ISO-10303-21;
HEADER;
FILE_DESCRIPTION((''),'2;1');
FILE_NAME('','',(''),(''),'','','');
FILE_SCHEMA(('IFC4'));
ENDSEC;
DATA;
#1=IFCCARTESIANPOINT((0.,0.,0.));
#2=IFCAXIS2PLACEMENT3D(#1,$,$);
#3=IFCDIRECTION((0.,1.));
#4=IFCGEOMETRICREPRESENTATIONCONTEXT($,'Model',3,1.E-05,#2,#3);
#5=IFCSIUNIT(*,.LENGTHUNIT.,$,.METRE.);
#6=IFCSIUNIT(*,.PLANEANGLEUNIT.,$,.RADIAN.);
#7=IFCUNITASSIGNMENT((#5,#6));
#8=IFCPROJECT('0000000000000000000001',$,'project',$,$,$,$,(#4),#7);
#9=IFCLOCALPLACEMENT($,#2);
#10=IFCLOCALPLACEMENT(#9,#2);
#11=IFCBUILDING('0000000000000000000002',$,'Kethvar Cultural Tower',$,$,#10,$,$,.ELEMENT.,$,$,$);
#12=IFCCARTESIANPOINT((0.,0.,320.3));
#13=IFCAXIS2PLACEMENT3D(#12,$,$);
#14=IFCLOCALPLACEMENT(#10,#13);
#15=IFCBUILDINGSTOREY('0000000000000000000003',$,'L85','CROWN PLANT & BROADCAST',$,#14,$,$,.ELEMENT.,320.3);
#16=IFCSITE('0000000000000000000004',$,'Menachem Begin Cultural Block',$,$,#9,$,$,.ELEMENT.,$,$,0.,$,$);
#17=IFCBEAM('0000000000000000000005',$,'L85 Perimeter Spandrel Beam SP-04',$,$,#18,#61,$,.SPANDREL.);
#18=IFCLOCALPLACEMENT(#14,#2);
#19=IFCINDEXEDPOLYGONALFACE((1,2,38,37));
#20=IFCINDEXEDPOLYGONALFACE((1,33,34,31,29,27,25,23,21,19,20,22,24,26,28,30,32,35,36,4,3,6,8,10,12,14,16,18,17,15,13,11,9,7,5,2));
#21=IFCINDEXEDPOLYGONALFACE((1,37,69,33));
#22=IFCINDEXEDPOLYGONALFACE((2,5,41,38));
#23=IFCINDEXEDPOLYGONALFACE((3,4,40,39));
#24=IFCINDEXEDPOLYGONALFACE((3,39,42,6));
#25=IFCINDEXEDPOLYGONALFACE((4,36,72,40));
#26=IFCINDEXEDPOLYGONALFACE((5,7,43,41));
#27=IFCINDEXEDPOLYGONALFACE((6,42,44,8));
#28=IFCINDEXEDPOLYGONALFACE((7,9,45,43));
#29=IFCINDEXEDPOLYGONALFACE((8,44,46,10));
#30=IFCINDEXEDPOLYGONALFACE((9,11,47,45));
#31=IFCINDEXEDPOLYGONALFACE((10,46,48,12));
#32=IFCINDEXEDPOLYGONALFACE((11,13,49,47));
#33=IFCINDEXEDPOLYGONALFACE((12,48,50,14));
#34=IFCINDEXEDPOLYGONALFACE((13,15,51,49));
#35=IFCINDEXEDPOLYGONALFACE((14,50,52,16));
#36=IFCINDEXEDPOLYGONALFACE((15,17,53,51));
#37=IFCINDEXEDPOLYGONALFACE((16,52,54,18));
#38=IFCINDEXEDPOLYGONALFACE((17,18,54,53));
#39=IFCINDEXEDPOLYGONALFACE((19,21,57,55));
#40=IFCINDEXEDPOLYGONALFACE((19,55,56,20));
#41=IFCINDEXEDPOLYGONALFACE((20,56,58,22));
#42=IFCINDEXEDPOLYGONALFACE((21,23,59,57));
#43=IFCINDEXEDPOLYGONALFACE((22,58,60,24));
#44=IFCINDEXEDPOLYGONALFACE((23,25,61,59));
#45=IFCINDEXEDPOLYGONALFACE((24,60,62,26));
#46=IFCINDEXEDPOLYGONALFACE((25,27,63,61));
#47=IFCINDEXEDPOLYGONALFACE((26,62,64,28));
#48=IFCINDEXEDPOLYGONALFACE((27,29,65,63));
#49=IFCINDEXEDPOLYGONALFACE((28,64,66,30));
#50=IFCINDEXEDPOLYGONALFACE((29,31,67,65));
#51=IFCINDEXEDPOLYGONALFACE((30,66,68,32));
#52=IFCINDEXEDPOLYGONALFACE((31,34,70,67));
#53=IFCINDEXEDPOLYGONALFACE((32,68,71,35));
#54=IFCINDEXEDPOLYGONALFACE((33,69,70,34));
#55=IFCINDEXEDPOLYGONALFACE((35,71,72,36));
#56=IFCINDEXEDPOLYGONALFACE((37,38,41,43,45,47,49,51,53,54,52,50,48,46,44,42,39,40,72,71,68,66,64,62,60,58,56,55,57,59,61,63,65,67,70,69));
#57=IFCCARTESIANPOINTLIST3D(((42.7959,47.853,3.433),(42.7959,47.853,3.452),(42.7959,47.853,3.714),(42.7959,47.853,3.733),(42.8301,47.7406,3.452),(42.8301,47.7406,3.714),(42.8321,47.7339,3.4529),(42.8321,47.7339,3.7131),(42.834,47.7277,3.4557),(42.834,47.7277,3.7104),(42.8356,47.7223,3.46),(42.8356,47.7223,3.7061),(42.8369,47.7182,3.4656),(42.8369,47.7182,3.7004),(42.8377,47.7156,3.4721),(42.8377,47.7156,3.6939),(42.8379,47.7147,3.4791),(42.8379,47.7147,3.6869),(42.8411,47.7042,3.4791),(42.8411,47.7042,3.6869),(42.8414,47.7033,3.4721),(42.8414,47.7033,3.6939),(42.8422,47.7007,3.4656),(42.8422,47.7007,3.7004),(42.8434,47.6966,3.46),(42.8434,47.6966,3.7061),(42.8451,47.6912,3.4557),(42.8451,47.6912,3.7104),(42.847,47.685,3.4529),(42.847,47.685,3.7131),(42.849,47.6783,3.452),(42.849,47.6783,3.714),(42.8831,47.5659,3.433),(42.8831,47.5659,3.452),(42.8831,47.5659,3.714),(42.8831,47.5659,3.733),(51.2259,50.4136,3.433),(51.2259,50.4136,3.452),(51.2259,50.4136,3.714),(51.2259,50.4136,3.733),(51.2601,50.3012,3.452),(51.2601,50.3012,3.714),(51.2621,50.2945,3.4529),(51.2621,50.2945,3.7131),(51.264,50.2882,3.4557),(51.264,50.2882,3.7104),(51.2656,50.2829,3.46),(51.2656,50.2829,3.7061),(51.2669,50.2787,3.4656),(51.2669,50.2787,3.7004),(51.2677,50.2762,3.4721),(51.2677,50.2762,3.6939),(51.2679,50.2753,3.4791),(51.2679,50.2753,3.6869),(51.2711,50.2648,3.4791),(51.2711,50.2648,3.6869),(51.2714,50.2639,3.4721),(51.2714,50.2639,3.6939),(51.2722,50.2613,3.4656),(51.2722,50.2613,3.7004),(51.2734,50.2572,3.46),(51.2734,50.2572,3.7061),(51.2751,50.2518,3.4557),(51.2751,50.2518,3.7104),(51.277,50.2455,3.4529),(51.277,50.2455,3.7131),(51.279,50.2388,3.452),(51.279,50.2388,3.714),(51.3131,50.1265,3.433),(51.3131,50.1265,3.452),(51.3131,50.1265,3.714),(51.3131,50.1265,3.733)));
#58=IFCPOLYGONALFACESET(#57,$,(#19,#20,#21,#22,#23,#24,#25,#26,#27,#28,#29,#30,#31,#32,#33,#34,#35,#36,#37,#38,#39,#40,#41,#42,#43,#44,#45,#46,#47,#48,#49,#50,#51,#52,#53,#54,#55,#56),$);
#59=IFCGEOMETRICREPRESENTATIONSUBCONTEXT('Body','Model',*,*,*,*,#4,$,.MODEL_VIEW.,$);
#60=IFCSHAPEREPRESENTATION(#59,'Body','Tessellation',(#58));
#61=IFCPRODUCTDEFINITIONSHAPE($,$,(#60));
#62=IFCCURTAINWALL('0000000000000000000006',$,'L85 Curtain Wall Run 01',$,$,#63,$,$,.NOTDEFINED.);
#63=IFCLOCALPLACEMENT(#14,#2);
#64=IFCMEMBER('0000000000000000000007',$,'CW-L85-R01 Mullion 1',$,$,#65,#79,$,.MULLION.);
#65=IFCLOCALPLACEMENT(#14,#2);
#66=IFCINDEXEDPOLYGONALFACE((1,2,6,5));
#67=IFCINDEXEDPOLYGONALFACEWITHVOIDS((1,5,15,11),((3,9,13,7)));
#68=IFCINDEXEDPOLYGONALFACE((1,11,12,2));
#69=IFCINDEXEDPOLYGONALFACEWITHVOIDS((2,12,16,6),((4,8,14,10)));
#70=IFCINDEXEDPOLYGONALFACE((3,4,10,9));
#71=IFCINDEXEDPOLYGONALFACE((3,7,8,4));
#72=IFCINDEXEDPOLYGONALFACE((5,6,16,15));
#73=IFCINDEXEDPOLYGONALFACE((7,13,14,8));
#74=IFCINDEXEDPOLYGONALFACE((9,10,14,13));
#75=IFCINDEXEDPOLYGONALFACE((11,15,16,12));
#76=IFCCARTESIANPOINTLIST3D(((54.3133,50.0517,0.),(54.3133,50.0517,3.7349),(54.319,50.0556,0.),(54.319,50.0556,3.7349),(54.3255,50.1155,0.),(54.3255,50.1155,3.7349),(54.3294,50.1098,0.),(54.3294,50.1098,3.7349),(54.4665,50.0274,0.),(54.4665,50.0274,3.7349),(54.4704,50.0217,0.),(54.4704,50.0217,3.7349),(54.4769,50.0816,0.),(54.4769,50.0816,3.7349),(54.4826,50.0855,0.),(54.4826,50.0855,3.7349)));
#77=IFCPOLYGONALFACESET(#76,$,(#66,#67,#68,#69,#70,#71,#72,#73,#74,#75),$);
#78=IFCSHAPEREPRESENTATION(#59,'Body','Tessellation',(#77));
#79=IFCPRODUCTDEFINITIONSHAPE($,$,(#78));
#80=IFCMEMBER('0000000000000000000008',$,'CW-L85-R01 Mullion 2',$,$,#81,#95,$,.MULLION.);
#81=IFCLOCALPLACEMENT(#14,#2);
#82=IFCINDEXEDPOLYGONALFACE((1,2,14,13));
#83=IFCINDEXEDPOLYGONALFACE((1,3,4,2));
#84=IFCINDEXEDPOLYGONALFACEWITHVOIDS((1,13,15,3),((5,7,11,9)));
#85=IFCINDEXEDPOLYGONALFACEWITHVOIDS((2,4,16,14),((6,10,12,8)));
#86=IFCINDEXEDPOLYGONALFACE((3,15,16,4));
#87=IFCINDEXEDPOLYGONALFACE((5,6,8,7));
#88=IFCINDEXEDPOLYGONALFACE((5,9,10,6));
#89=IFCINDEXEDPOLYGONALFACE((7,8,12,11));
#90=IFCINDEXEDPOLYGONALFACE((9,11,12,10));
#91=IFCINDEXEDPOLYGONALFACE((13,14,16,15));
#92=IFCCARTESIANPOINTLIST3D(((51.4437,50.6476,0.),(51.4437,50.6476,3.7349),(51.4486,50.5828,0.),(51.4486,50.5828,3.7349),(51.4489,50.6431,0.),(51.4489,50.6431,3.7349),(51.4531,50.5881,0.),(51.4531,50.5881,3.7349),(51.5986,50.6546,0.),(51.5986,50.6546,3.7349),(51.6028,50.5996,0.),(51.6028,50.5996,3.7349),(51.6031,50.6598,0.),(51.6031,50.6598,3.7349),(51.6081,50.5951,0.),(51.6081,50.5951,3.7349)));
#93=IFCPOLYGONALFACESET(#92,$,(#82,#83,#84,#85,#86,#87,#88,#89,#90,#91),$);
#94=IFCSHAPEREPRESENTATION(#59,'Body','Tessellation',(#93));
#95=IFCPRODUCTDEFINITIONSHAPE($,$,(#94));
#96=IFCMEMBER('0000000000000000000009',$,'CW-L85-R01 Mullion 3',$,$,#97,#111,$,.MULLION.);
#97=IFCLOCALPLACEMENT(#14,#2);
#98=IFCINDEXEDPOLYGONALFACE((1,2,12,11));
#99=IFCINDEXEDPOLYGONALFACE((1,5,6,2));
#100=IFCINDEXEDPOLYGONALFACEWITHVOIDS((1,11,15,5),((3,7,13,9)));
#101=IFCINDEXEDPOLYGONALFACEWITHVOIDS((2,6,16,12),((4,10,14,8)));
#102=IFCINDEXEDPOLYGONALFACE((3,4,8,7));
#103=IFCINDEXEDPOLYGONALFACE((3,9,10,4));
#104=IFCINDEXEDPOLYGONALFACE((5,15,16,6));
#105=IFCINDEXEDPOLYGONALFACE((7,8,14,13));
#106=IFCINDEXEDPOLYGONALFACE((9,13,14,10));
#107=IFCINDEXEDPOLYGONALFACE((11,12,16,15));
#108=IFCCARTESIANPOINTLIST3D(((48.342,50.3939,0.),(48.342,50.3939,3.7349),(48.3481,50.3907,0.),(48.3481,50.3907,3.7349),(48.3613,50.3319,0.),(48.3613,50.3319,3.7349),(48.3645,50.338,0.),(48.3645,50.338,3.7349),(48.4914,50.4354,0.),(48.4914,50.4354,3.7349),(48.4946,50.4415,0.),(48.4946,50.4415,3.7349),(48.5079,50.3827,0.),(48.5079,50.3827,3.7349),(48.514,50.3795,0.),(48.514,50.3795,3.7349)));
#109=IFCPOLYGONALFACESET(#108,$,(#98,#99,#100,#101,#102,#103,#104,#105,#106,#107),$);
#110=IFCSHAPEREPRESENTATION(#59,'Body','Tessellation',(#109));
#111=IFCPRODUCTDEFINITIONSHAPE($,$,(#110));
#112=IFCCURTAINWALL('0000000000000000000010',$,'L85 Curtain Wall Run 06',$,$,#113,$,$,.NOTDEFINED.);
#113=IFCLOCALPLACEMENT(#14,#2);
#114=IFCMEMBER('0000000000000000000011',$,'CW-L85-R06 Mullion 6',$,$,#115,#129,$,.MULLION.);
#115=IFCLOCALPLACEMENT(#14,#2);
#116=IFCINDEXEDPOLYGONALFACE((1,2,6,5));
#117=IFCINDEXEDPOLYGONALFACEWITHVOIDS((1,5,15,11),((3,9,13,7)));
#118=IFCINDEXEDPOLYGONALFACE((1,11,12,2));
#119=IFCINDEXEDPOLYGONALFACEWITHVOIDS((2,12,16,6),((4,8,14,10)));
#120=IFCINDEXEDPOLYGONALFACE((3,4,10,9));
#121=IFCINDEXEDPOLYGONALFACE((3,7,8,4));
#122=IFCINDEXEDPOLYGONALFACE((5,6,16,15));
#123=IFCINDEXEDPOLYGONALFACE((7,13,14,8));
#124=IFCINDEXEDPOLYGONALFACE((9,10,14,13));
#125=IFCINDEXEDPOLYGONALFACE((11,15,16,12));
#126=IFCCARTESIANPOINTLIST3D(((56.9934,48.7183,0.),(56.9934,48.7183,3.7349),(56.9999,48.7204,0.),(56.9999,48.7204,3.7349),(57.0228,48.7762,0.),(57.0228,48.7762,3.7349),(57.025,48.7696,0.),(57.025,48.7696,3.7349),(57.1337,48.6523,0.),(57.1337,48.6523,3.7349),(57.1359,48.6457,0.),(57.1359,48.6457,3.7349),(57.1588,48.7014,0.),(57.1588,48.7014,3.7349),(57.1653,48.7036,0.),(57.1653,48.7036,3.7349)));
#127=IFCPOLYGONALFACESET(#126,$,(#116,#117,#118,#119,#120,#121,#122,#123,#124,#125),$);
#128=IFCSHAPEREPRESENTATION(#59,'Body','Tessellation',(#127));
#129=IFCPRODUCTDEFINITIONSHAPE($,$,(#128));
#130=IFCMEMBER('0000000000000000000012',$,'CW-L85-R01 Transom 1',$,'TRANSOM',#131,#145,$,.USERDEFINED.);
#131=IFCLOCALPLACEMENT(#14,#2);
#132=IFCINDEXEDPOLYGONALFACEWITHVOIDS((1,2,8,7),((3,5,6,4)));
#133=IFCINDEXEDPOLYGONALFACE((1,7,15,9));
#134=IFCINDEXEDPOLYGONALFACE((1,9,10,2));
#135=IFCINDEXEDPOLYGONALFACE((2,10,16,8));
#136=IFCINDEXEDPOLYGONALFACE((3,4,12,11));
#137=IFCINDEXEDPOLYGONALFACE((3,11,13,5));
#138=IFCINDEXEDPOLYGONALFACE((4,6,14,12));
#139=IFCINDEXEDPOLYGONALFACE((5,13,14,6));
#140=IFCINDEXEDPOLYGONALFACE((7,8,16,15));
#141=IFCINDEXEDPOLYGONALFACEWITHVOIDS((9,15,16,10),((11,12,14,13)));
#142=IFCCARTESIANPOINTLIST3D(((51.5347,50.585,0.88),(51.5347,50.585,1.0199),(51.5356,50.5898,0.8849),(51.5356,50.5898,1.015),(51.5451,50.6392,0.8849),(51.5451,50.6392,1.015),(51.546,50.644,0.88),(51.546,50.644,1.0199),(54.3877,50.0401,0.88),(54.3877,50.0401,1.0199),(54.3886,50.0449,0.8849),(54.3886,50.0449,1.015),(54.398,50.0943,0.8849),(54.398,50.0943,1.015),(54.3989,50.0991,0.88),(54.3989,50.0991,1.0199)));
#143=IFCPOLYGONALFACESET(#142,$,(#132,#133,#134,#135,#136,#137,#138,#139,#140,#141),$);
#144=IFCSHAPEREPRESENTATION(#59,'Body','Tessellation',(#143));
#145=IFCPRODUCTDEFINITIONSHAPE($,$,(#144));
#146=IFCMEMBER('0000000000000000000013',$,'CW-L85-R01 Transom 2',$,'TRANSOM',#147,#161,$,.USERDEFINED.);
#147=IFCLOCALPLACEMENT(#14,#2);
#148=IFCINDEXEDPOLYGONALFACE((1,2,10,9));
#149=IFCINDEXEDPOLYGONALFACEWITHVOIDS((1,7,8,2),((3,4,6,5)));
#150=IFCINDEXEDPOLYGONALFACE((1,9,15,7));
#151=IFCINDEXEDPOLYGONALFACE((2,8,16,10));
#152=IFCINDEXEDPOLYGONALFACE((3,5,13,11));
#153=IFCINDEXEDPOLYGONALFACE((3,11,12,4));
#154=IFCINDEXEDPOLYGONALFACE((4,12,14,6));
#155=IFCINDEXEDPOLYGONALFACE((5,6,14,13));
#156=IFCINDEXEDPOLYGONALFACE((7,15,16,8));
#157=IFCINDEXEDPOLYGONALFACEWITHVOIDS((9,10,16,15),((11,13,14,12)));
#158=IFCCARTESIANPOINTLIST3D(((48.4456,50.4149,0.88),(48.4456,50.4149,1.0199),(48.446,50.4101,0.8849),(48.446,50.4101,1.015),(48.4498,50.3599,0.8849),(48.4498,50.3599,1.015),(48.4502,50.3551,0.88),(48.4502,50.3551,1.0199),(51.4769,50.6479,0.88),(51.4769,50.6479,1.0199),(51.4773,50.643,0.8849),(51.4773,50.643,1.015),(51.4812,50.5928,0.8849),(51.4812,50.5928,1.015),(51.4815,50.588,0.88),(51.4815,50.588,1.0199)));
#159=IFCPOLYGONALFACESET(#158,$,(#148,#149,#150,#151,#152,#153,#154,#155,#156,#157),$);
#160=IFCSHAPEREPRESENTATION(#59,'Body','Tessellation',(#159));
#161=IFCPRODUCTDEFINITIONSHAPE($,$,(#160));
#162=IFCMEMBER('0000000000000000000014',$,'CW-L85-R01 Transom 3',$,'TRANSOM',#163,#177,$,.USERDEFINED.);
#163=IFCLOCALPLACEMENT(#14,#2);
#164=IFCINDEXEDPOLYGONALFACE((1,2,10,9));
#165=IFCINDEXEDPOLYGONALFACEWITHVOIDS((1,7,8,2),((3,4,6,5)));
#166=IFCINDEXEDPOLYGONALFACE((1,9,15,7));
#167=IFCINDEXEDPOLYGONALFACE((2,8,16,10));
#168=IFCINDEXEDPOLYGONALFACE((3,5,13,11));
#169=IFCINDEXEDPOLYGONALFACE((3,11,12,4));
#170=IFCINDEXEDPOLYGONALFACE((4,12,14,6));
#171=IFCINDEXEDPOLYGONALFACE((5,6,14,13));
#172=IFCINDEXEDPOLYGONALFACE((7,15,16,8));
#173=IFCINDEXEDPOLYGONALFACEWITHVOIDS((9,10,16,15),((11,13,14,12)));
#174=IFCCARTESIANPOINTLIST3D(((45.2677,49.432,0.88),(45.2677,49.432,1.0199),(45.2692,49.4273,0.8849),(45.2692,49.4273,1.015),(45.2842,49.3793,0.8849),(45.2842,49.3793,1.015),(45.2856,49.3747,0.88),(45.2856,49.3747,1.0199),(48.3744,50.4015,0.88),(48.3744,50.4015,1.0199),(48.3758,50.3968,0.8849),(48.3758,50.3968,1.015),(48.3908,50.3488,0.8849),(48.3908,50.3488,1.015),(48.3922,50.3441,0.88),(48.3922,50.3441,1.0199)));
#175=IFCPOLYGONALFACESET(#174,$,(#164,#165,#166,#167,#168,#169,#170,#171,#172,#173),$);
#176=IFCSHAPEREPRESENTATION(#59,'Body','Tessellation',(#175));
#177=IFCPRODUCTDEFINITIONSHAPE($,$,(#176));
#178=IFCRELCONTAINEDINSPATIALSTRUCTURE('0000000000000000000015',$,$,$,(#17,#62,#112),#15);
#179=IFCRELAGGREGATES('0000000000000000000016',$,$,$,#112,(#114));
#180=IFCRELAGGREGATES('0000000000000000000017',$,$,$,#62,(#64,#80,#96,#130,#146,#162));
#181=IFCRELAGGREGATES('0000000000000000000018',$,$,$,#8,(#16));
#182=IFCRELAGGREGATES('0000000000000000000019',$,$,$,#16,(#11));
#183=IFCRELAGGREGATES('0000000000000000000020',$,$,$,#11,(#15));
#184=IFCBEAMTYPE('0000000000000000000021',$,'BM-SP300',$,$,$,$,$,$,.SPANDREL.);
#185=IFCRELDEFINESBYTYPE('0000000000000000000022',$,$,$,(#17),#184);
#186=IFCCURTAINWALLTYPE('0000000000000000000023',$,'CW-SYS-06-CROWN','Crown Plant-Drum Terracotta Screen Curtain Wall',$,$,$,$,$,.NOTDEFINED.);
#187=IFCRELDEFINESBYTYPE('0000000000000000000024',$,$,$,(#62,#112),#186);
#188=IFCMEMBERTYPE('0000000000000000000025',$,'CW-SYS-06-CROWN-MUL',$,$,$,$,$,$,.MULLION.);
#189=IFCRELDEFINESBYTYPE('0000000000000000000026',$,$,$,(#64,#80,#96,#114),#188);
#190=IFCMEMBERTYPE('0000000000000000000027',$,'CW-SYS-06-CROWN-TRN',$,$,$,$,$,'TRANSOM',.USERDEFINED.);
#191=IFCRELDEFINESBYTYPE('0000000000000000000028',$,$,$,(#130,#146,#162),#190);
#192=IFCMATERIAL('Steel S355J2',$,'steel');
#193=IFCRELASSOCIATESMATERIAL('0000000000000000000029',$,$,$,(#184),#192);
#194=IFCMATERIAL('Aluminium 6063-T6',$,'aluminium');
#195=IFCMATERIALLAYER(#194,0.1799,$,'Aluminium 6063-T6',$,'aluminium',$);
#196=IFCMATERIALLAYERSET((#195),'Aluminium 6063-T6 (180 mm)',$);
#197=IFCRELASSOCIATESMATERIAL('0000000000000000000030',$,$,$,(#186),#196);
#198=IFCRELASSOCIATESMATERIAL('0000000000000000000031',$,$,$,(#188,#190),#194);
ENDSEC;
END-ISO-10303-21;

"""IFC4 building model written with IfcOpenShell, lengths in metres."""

from ifc_helpers import new_model, si_unit, direction, frame, origin, origin_2d, place, context, subcontext, project, spatial, hollow_rectangle, i_section, extrude, source, transform, mapped, material, layer, layer_set, material_profile, profile_set, type_object, element, aggregate, save


model = new_model("IFC4")

# Units and contexts
model_context = context("Model", 3, precision=1e-05, world=origin(), true_north=direction((0.0, 1.0)))
body_context = subcontext(model_context, "Body", "Model", "MODEL_VIEW")
ifc_project = project(units=[si_unit("LENGTHUNIT", "METRE"), si_unit("PLANEANGLEUNIT", "RADIAN")], contexts=[model_context])

# Site, building, storey
site_placement = place(None, origin())
site = spatial("IfcSite", under=ifc_project, at=site_placement, Name="Menachem Begin Cultural Block", CompositionType="ELEMENT", RefElevation=0.0)
building_placement = place(site_placement, origin())
building = spatial("IfcBuilding", under=site, at=building_placement, Name="Kethvar Cultural Tower", CompositionType="ELEMENT")
storey_placement = place(building_placement, frame((0.0, 0.0, 320.3)))
storey = spatial("IfcBuildingStorey", under=building, at=storey_placement, Name="L85", Description="CROWN PLANT & BROADCAST", CompositionType="ELEMENT", Elevation=320.3)

# Shared definitions
ifc_material_1 = material(Name="Steel S355J2", Category="steel")

# Beam
ifc_material_profile_1 = material_profile(ifc_material_1, i_section(OverallWidth=0.3, OverallDepth=0.3, WebThickness=0.011, FlangeThickness=0.019, FilletRadius=0.0271, at=origin_2d()), Name="Steel S355J2 — HEB300")
ifc_profile_set_1 = profile_set([ifc_material_profile_1], Name="Steel S355J2 — HEB300")
beam_type_1 = type_object("IfcBeamType", Name="BM-SP300", PredefinedType="SPANDREL", material=ifc_profile_set_1)
shared_shape_1 = source(origin(), body_context, "Body", "SweptSolid", [
    extrude(i_section(OverallWidth=0.3, OverallDepth=0.3, WebThickness=0.011, FlangeThickness=0.019, FilletRadius=0.0271, at=origin_2d()), origin(), (0.0, 0.0, 1.0), 8.8103),
])
beam_1_placement = place(storey_placement, frame((51.2695, 50.27, 3.583), z_axis=(-0.956834, -0.290633, 0.0), x_axis=(0.290633, -0.956834, 0.0)))
element("IfcBeam", 1, at=beam_1_placement, inside=storey, type_object=beam_type_1, Name="L85 Perimeter Spandrel Beam SP-04", PredefinedType="SPANDREL", context=body_context, shape_type="MappedRepresentation", body=[
    mapped(shared_shape_1, transform((0.0, 0.0, 0.0), scale=1.0)),
])

# Curtain wall, members
ifc_material_2 = material(Name="Aluminium 6063-T6", Category="aluminium")
ifc_layer_1 = layer(ifc_material_2, 0.1799, Name="Aluminium 6063-T6", Category="aluminium")
ifc_layer_set_1 = layer_set([ifc_layer_1], Name="Aluminium 6063-T6 (180 mm)")
curtain_wall_type = type_object("IfcCurtainWallType", Name="CW-SYS-06-CROWN", Description="Crown Plant-Drum Terracotta Screen Curtain Wall", PredefinedType="NOTDEFINED", material=ifc_layer_set_1)
curtain_wall_1_placement = place(storey_placement, origin())
curtain_wall_1 = element("IfcCurtainWall", 2, at=curtain_wall_1_placement, inside=storey, type_object=curtain_wall_type, Name="L85 Curtain Wall Run 01", PredefinedType="NOTDEFINED")
ifc_material_profile_2 = material_profile(ifc_material_2, hollow_rectangle(XDim=0.0649, YDim=0.1599, WallThickness=0.0049, at=origin_2d()), Name="Aluminium 6063-T6 — RHS160x65x5")
ifc_profile_set_2 = profile_set([ifc_material_profile_2], Name="Aluminium 6063-T6 — RHS160x65x5")
member_type_1 = type_object("IfcMemberType", Name="CW-SYS-06-CROWN-MUL", PredefinedType="MULLION", material=ifc_profile_set_2)
shared_shape_2 = source(origin(), body_context, "Body", "SweptSolid", [
    extrude(hollow_rectangle(XDim=0.0649, YDim=0.1599, WallThickness=0.0049, at=origin_2d()), origin(), (0.0, 0.0, 1.0), 3.7349),
])
member_1_placement = place(storey_placement, frame((54.3979, 50.0686, 0.0), z_axis=(0.0, 0.0, 1.0), x_axis=(-0.18757, -0.982251, 0.0)))
member_1 = element("IfcMember", 3, at=member_1_placement, type_object=member_type_1, Name="CW-L85-R01 Mullion 1", PredefinedType="MULLION", context=body_context, shape_type="MappedRepresentation", body=[
    mapped(shared_shape_2, transform((0.0, 0.0, 0.0), scale=1.0)),
])
member_2_placement = place(storey_placement, frame((51.5259, 50.6213, 0.0), z_axis=(0.0, 0.0, 1.0), x_axis=(0.076528, -0.997067, 0.0)))
member_2 = element("IfcMember", 4, at=member_2_placement, type_object=member_type_1, Name="CW-L85-R01 Mullion 2", PredefinedType="MULLION", context=body_context, shape_type="MappedRepresentation", body=[
    mapped(shared_shape_2, transform((0.0, 0.0, 0.0), scale=1.0)),
])
member_3_placement = place(storey_placement, frame((48.428, 50.3867, 0.0), z_axis=(0.0, 0.0, 1.0), x_axis=(0.297841, -0.954615, 0.0)))
member_3 = element("IfcMember", 5, at=member_3_placement, type_object=member_type_1, Name="CW-L85-R01 Mullion 3", PredefinedType="MULLION", context=body_context, shape_type="MappedRepresentation", body=[
    mapped(shared_shape_2, transform((0.0, 0.0, 0.0), scale=1.0)),
])

# Curtain wall, member
curtain_wall_2_placement = place(storey_placement, origin())
curtain_wall_2 = element("IfcCurtainWall", 6, at=curtain_wall_2_placement, inside=storey, type_object=curtain_wall_type, Name="L85 Curtain Wall Run 06", PredefinedType="NOTDEFINED")
member_4_placement = place(storey_placement, frame((57.0793, 48.7109, 0.0), z_axis=(0.0, 0.0, 1.0), x_axis=(-0.453835, -0.891086, 0.0)))
member_4 = element("IfcMember", 7, at=member_4_placement, type_object=member_type_1, Name="CW-L85-R06 Mullion 6", PredefinedType="MULLION", context=body_context, shape_type="MappedRepresentation", body=[
    mapped(shared_shape_2, transform((0.0, 0.0, 0.0), scale=1.0)),
])

# Members
ifc_material_profile_3 = material_profile(ifc_material_2, hollow_rectangle(XDim=0.0601, YDim=0.1399, WallThickness=0.0049, at=origin_2d()), Name="Aluminium 6063-T6 — RHS140x60x5")
ifc_profile_set_3 = profile_set([ifc_material_profile_3], Name="Aluminium 6063-T6 — RHS140x60x5")
member_type_2 = type_object("IfcMemberType", Name="CW-SYS-06-CROWN-TRN", ElementType="TRANSOM", PredefinedType="USERDEFINED", material=ifc_profile_set_3)
shared_shape_3 = source(origin(), body_context, "Body", "SweptSolid", [
    extrude(hollow_rectangle(XDim=0.0601, YDim=0.1399, WallThickness=0.0049, at=origin_2d()), origin(), (0.0, 0.0, 1.0), 2.9045),
])
member_5_placement = place(storey_placement, frame((54.3933, 50.0696, 0.95), z_axis=(-0.982244, 0.187606, 0.0), x_axis=(-0.187606, -0.982244, 0.0)))
member_5 = element("IfcMember", 8, at=member_5_placement, type_object=member_type_2, Name="CW-L85-R01 Transom 1", ObjectType="TRANSOM", PredefinedType="USERDEFINED", context=body_context, shape_type="MappedRepresentation", body=[
    mapped(shared_shape_3, transform((0.0, 0.0, 0.0), scale=1.0)),
])
shared_shape_4 = source(origin(), body_context, "Body", "SweptSolid", [
    extrude(hollow_rectangle(XDim=0.0601, YDim=0.1399, WallThickness=0.0049, at=origin_2d()), origin(), (0.0, 0.0, 1.0), 3.0403),
])
member_6_placement = place(storey_placement, frame((51.4792, 50.6179, 0.95), z_axis=(-0.997061, -0.076611, 0.0), x_axis=(0.076611, -0.997061, 0.0)))
member_6 = element("IfcMember", 9, at=member_6_placement, type_object=member_type_2, Name="CW-L85-R01 Transom 2", ObjectType="TRANSOM", PredefinedType="USERDEFINED", context=body_context, shape_type="MappedRepresentation", body=[
    mapped(shared_shape_4, transform((0.0, 0.0, 0.0), scale=1.0)),
])
shared_shape_5 = source(origin(), body_context, "Body", "SweptSolid", [
    extrude(hollow_rectangle(XDim=0.0601, YDim=0.1399, WallThickness=0.0049, at=origin_2d()), origin(), (0.0, 0.0, 1.0), 3.2544),
])
member_7_placement = place(storey_placement, frame((48.3833, 50.3728, 0.95), z_axis=(-0.954599, -0.297895, 0.0), x_axis=(0.297895, -0.954599, 0.0)))
member_7 = element("IfcMember", 10, at=member_7_placement, type_object=member_type_2, Name="CW-L85-R01 Transom 3", ObjectType="TRANSOM", PredefinedType="USERDEFINED", context=body_context, shape_type="MappedRepresentation", body=[
    mapped(shared_shape_5, transform((0.0, 0.0, 0.0), scale=1.0)),
])

aggregate(curtain_wall_2, [member_4])
aggregate(curtain_wall_1, [member_1, member_2, member_3, member_5, member_6, member_7])

save(model, "model.ifc")
